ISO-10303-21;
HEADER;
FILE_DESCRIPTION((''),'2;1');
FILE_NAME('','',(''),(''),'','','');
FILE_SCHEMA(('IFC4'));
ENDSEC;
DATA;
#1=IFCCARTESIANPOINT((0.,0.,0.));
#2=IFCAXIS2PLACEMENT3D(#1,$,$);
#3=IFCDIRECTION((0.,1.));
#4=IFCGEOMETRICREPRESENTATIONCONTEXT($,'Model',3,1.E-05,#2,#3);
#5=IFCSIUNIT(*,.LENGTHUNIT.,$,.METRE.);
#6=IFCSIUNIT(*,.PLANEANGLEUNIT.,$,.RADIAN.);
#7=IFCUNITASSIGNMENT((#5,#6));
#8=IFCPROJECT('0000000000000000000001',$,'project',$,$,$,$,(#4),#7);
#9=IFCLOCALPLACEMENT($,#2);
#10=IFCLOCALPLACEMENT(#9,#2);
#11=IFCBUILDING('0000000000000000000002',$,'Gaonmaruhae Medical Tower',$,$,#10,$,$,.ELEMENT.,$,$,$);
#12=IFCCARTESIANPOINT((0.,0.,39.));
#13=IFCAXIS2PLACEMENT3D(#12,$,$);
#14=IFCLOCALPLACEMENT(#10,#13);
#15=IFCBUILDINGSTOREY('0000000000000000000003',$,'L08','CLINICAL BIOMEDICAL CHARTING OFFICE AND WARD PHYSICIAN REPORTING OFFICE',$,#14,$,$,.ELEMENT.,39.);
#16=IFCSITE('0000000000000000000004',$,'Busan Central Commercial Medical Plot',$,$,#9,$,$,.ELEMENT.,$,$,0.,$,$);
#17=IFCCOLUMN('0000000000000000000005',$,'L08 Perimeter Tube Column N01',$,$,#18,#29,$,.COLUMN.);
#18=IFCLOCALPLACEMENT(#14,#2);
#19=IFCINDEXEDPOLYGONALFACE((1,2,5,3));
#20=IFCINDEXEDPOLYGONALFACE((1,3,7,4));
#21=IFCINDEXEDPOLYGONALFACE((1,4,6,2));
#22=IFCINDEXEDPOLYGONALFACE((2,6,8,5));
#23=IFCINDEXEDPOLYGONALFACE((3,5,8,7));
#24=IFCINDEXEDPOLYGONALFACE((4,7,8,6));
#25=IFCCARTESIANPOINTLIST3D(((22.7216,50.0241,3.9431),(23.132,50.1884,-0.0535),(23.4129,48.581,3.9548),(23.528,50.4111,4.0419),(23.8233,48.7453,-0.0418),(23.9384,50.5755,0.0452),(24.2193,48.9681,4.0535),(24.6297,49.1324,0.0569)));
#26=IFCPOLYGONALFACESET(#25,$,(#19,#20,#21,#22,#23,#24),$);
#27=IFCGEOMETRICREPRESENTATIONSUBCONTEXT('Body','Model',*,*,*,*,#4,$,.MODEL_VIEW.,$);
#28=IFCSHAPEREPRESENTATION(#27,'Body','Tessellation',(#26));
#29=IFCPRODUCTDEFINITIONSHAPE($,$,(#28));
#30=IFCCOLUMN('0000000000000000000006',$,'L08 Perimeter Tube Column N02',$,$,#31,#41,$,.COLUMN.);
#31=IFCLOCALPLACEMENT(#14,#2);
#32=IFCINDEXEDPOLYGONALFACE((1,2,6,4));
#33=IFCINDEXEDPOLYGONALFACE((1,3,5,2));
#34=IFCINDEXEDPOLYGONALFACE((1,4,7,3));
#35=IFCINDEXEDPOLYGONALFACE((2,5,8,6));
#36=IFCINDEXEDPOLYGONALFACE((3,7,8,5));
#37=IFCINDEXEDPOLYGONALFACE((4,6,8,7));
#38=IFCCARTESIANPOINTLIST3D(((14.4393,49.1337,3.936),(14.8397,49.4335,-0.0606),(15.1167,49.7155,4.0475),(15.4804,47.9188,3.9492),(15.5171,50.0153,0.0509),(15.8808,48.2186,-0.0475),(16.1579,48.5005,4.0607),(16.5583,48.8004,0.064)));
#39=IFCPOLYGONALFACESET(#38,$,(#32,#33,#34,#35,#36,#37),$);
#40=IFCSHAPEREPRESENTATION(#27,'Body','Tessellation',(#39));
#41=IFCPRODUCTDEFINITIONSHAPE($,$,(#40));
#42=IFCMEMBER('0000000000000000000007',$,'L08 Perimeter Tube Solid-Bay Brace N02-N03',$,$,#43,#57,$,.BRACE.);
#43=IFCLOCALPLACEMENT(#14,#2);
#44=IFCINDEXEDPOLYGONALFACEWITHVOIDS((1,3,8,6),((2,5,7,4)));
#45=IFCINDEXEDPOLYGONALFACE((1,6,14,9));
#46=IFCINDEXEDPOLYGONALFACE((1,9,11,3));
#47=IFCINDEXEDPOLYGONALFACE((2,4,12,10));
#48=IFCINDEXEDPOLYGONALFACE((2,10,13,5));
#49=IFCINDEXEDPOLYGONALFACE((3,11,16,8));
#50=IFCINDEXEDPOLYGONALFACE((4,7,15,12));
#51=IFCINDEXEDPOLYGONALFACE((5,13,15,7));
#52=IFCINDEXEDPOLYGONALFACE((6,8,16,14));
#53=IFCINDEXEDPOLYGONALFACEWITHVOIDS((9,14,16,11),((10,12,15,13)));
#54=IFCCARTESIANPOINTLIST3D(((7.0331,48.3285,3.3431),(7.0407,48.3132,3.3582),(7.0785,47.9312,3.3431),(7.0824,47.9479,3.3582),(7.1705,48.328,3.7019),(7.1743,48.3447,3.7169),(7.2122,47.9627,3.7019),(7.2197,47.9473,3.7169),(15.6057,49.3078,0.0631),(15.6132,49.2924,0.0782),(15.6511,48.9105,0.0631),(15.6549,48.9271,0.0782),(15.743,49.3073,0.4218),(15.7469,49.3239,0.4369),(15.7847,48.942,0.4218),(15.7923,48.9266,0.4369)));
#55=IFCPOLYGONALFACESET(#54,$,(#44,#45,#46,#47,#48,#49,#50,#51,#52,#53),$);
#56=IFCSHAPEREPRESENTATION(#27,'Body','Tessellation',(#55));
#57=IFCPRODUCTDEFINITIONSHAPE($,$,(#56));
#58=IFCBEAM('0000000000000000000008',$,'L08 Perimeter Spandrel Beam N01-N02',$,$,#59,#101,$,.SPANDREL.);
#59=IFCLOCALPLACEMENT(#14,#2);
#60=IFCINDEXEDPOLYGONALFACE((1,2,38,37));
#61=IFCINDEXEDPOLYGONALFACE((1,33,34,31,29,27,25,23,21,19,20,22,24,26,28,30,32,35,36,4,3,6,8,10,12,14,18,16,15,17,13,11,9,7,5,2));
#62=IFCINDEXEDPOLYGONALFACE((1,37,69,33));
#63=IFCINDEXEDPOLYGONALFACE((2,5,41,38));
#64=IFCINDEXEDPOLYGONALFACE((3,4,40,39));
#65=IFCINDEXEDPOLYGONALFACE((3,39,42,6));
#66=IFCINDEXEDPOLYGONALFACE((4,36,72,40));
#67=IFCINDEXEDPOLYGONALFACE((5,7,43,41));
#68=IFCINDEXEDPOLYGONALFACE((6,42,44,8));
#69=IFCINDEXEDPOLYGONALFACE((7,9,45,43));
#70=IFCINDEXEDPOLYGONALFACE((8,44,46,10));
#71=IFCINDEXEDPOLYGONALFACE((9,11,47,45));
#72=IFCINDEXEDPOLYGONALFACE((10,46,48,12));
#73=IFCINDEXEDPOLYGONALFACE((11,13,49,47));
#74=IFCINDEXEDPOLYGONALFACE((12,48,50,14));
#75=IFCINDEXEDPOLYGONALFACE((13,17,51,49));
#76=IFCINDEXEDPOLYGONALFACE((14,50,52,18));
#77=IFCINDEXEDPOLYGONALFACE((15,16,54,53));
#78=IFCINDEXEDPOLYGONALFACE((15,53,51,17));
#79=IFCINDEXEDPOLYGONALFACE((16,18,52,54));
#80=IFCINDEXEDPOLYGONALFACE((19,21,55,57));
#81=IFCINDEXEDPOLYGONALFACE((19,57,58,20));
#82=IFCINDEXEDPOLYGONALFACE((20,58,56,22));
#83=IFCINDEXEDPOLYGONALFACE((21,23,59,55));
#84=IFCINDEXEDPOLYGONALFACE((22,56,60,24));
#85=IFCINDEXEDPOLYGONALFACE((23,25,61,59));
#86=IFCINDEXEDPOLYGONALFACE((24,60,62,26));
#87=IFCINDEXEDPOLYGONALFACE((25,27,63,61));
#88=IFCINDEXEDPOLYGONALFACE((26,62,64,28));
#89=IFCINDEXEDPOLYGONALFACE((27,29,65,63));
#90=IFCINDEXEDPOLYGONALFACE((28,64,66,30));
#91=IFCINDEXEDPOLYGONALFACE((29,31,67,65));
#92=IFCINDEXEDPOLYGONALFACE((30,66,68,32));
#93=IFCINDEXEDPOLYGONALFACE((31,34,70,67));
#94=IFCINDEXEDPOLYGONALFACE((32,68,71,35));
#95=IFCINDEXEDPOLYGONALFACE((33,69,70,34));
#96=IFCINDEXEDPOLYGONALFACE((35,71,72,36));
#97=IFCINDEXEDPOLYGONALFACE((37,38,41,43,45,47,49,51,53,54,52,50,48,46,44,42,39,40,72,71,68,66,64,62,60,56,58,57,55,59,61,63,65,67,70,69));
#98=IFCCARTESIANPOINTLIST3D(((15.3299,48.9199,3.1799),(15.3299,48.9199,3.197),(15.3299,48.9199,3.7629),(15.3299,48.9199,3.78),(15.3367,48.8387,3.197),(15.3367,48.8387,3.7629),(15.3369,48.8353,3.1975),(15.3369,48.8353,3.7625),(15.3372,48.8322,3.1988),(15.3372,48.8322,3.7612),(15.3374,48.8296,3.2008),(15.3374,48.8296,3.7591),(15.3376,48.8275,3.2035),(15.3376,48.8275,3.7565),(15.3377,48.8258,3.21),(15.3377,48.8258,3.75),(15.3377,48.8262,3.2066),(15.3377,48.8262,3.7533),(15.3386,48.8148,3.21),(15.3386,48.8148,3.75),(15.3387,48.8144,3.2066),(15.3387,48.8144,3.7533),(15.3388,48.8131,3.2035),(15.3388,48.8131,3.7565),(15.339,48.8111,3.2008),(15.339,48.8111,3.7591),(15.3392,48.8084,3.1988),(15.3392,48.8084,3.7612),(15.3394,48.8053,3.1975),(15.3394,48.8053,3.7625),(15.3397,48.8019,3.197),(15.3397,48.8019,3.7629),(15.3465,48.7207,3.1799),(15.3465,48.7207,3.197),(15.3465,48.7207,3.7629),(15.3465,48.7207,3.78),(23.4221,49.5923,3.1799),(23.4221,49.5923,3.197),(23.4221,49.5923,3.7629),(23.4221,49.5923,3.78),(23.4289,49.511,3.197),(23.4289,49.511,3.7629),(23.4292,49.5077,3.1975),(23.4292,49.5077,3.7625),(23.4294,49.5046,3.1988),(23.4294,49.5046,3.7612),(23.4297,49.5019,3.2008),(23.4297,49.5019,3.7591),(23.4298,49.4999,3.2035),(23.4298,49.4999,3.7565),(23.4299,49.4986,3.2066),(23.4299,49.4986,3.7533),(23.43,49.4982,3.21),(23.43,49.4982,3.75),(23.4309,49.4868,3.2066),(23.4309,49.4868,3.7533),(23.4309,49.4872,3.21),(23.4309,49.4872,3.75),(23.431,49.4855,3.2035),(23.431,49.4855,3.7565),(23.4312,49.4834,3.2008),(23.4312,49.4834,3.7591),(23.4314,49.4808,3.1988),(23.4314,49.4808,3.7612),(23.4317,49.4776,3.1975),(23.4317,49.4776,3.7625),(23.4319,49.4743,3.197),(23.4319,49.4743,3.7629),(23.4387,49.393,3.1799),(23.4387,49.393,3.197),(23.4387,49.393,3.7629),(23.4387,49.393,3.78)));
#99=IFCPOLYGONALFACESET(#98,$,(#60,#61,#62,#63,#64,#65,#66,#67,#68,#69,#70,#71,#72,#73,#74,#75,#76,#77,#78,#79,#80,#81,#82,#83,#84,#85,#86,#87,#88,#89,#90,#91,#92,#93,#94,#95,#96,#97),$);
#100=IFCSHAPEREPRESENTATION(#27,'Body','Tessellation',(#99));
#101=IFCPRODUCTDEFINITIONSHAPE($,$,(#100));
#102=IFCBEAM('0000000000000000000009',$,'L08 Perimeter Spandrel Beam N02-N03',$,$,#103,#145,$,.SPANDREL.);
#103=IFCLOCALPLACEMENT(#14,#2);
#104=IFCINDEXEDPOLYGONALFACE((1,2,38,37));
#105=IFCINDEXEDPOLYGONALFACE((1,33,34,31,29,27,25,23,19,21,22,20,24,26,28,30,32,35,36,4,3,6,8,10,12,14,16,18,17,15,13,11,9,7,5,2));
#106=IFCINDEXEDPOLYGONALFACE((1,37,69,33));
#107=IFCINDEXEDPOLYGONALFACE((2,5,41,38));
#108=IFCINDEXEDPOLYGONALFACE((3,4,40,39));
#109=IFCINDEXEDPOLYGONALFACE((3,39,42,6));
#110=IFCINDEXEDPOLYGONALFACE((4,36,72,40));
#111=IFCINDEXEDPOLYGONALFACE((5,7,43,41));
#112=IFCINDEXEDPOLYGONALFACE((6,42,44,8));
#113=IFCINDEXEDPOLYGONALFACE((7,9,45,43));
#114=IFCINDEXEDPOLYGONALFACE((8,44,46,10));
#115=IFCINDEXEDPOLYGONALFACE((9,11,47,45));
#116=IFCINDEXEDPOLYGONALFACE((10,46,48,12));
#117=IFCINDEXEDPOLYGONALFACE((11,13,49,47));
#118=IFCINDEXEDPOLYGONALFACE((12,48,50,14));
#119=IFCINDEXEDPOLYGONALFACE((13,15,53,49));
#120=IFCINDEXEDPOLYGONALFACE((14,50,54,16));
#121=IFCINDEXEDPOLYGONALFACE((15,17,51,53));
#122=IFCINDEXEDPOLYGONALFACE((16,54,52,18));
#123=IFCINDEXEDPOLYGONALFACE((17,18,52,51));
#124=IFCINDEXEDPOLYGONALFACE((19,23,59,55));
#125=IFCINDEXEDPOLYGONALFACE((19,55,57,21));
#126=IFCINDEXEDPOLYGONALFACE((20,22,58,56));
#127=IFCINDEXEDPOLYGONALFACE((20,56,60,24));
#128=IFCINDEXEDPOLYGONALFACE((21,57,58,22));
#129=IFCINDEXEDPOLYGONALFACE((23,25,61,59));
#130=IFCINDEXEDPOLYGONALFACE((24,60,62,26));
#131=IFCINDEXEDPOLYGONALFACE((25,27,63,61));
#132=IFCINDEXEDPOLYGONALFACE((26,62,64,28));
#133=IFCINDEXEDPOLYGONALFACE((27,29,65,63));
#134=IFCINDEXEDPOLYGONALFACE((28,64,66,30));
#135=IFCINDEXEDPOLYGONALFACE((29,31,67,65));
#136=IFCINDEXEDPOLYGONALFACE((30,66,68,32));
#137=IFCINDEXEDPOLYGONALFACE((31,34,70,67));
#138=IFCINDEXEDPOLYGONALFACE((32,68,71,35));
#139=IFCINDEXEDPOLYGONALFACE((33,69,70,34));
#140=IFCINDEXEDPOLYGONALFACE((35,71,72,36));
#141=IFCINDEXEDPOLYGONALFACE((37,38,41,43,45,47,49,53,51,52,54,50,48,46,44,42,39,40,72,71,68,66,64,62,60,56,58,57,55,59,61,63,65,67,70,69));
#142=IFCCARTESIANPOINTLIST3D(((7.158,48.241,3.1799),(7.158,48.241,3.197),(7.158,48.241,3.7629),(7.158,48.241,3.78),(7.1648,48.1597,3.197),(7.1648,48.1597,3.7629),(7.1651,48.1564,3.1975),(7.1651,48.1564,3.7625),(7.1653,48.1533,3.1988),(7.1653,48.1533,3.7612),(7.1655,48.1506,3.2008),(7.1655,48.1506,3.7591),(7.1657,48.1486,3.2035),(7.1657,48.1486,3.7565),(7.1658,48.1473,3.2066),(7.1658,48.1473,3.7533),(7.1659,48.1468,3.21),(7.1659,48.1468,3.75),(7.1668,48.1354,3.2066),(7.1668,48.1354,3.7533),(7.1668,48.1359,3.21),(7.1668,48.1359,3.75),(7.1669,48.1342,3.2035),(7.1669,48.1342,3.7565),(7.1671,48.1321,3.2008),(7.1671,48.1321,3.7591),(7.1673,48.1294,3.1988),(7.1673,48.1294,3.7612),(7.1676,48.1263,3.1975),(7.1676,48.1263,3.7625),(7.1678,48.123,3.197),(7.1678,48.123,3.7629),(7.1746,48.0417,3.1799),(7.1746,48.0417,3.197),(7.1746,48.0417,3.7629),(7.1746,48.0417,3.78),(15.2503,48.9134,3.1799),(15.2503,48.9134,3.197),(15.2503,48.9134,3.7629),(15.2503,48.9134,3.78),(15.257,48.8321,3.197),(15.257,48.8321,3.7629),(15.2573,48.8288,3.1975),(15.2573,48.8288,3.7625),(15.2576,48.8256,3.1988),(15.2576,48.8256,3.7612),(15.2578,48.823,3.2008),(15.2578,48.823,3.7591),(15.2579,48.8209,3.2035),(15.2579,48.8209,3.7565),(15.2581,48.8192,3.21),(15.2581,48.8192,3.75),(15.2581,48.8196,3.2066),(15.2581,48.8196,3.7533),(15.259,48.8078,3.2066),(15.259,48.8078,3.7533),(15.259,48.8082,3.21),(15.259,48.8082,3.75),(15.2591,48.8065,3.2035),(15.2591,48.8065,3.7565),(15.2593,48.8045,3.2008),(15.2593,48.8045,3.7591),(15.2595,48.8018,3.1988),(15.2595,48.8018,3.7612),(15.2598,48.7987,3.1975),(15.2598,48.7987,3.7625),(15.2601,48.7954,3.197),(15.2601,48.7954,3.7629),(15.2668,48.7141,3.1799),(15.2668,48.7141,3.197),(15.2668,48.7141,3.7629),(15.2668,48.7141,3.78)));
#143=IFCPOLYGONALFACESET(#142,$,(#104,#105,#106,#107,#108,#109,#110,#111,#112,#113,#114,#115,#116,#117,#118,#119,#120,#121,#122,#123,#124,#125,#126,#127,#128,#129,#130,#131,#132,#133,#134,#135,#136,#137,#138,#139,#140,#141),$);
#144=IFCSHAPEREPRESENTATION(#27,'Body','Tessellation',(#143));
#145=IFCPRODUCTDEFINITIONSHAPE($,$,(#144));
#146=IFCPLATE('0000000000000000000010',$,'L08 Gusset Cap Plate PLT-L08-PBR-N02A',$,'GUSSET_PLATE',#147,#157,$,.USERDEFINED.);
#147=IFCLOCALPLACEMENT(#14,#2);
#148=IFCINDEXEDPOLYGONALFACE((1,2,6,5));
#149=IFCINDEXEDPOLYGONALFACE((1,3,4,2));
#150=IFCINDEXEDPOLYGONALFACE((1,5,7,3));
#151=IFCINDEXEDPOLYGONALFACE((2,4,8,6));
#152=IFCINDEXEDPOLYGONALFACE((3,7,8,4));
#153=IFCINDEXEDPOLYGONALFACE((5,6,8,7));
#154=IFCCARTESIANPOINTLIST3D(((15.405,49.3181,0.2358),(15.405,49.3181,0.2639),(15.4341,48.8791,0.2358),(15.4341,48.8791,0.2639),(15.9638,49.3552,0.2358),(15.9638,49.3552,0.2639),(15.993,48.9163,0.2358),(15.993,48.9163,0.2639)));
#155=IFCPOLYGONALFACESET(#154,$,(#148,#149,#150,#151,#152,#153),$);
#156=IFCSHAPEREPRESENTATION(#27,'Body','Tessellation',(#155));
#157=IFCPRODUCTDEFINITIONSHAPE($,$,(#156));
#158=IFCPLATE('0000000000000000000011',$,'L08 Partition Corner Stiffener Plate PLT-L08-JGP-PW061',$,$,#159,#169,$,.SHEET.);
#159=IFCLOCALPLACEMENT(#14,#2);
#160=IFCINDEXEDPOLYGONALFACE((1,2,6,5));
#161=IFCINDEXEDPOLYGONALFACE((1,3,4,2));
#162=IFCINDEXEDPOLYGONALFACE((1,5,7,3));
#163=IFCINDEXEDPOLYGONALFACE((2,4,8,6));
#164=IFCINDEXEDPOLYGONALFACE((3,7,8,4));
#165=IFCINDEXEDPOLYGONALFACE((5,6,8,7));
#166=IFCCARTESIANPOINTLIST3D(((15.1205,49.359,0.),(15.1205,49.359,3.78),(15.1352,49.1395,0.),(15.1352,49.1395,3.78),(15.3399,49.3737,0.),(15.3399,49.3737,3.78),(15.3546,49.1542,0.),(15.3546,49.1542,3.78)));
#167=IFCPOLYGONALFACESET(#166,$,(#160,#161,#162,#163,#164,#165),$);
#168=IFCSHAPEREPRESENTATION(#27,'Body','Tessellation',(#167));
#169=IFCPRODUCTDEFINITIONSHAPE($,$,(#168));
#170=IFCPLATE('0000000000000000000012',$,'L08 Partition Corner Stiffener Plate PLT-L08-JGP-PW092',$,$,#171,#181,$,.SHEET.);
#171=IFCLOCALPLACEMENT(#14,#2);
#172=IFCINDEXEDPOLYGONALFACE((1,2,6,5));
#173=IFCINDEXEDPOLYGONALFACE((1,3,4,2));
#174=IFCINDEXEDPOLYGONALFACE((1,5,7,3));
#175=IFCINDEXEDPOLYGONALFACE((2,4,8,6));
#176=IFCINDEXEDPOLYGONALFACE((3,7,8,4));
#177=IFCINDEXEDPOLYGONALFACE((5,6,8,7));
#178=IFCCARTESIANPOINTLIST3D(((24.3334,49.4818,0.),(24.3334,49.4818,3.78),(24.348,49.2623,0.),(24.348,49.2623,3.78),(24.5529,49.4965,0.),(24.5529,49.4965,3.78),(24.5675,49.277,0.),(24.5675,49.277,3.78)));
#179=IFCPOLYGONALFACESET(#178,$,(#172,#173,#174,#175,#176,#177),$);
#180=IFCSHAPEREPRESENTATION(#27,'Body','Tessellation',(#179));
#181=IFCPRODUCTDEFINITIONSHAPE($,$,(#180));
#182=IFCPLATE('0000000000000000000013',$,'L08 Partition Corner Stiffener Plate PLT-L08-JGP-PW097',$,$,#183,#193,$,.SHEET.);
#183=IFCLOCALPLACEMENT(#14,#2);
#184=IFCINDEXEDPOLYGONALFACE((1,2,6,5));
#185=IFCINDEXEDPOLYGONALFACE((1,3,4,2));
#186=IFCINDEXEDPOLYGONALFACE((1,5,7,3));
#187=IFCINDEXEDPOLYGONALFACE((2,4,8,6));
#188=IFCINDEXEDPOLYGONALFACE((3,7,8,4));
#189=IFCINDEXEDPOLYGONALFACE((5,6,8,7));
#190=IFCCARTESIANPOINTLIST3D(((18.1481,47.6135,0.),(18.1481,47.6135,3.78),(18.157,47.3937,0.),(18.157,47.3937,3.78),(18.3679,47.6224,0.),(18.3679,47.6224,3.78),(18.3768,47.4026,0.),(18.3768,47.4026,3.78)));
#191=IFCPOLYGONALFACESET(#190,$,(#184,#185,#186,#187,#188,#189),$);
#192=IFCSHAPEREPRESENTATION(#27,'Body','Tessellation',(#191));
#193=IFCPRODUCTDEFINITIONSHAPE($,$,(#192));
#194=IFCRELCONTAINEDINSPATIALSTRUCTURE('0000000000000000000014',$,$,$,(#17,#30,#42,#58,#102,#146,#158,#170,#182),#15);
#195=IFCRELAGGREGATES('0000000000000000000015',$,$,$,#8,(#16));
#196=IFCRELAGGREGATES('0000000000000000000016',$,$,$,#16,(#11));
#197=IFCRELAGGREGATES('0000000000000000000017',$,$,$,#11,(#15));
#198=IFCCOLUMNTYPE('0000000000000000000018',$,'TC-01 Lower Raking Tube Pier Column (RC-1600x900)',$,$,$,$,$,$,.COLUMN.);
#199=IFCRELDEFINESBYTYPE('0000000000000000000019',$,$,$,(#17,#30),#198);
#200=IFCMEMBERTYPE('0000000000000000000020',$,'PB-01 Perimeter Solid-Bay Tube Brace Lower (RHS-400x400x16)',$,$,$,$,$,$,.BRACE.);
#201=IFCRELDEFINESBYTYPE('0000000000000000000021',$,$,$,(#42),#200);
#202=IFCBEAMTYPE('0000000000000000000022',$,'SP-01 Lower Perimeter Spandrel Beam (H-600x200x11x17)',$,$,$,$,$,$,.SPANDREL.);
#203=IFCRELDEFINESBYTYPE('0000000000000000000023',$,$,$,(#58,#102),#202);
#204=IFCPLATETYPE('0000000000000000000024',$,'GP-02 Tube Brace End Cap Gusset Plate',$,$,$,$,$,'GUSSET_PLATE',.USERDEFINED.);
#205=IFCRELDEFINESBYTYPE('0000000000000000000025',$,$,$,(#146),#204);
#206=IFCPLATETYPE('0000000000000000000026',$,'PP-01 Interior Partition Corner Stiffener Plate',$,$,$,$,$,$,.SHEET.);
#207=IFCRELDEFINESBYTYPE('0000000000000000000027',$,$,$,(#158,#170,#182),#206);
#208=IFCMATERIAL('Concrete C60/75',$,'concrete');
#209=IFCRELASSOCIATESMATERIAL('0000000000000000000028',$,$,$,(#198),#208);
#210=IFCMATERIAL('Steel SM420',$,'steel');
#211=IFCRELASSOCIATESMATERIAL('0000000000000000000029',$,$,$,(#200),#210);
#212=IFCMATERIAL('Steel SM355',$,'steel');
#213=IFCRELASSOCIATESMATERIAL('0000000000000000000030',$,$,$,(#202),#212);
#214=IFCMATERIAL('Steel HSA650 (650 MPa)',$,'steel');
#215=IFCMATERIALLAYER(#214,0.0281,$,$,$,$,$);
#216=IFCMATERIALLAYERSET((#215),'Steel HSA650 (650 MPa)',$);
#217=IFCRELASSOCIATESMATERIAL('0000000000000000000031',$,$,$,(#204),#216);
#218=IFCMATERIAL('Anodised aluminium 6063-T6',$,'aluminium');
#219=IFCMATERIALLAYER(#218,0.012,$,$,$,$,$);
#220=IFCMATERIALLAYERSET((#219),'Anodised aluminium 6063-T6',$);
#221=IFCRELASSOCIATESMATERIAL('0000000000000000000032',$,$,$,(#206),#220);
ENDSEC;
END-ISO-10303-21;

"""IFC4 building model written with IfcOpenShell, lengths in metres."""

from ifc_helpers import new_model, si_unit, direction, frame, origin, origin_2d, place, context, subcontext, project, spatial, rectangle, hollow_rectangle, i_section, extrude, material, layer, layer_set, material_profile, profile_set, type_object, element, save


model = new_model("IFC4")

# Units and contexts
model_context = context("Model", 3, precision=1e-05, world=origin(), true_north=direction((0.0, 1.0)))
body_context = subcontext(model_context, "Body", "Model", "MODEL_VIEW")
ifc_project = project(units=[si_unit("LENGTHUNIT", "METRE"), si_unit("PLANEANGLEUNIT", "RADIAN")], contexts=[model_context])

# Site, building, storey
site_placement = place(None, origin())
site = spatial("IfcSite", under=ifc_project, at=site_placement, Name="Busan Central Commercial Medical Plot", CompositionType="ELEMENT", RefElevation=0.0)
building_placement = place(site_placement, origin())
building = spatial("IfcBuilding", under=site, at=building_placement, Name="Gaonmaruhae Medical Tower", CompositionType="ELEMENT")
storey_placement = place(building_placement, frame((0.0, 0.0, 39.0)))
storey = spatial("IfcBuildingStorey", under=building, at=storey_placement, Name="L08", Description="CLINICAL BIOMEDICAL CHARTING OFFICE AND WARD PHYSICIAN REPORTING OFFICE", CompositionType="ELEMENT", Elevation=39.0)

# Columns
ifc_material_1 = material(Name="Concrete C60/75", Category="concrete")
ifc_material_profile_1 = material_profile(ifc_material_1, rectangle(XDim=1.6001, YDim=0.8999, at=origin_2d()), Name="RC-1600x900")
ifc_profile_set_1 = profile_set([ifc_material_profile_1], Name="Concrete C60/75")
column_type = type_object("IfcColumnType", Name="TC-01 Lower Raking Tube Pier Column (RC-1600x900)", PredefinedType="COLUMN", material=ifc_profile_set_1)
column_1_placement = place(storey_placement, frame((23.8809, 49.6604, 0.0017), z_axis=(-0.102065, -0.040863, 0.993938), x_axis=(0.432012, -0.901838, 0.007286)))
element("IfcColumn", 1, at=column_1_placement, inside=storey, type_object=column_type, Name="L08 Perimeter Tube Column N01", PredefinedType="COLUMN", context=body_context, shape_type="SweptSolid", body=[
    extrude(rectangle(XDim=1.6001, YDim=0.8999, at=origin_2d()), origin(), (0.0, 0.0, 1.0), 4.021),
])
column_2_placement = place(storey_placement, frame((15.699, 49.1169, 0.0017), z_axis=(-0.099408, -0.074435, 0.992259), x_axis=(0.650697, -0.759293, 0.00823)))
element("IfcColumn", 2, at=column_2_placement, inside=storey, type_object=column_type, Name="L08 Perimeter Tube Column N02", PredefinedType="COLUMN", context=body_context, shape_type="SweptSolid", body=[
    extrude(rectangle(XDim=1.6001, YDim=0.8999, at=origin_2d()), origin(), (0.0, 0.0, 1.0), 4.0278),
])

# Member
ifc_material_2 = material(Name="Steel SM420", Category="steel")
ifc_material_profile_2 = material_profile(ifc_material_2, hollow_rectangle(XDim=0.3999, YDim=0.3999, WallThickness=0.0161, at=origin_2d()), Name="RHS-400x400x16")
ifc_profile_set_2 = profile_set([ifc_material_profile_2], Name="Steel SM420")
member_type = type_object("IfcMemberType", Name="PB-01 Perimeter Solid-Bay Tube Brace Lower (RHS-400x400x16)", PredefinedType="BRACE", material=ifc_profile_set_2)
member_placement = place(storey_placement, frame((15.699, 49.1172, 0.25), z_axis=(-0.928698, -0.106086, 0.35534), x_axis=(0.113493, -0.993539, 0.0)))
element("IfcMember", 3, at=member_placement, inside=storey, type_object=member_type, Name="L08 Perimeter Tube Solid-Bay Brace N02-N03", PredefinedType="BRACE", context=body_context, shape_type="SweptSolid", body=[
    extrude(hollow_rectangle(XDim=0.3999, YDim=0.3999, WallThickness=0.0161, at=origin_2d()), origin(), (0.0, 0.0, 1.0), 9.2307),
])

# Beams
ifc_material_3 = material(Name="Steel SM355", Category="steel")
ifc_material_profile_3 = material_profile(ifc_material_3, i_section(OverallWidth=0.2, OverallDepth=0.6001, WebThickness=0.011, FlangeThickness=0.0171, FilletRadius=0.0129, at=origin_2d()), Name="H-600x200x11x17")
ifc_profile_set_3 = profile_set([ifc_material_profile_3], Name="Steel SM355")
beam_type = type_object("IfcBeamType", Name="SP-01 Lower Perimeter Spandrel Beam (H-600x200x11x17)", PredefinedType="SPANDREL", material=ifc_profile_set_3)
for number, where, z_axis, x_axis, name in (
    (4, (23.4304, 49.4927, 3.48), (-0.996566, -0.082802, 0.0), (0.082802, -0.996566, 0.0), "L08 Perimeter Spandrel Beam N01-N02"),
    (5, (15.2585, 48.8137, 3.48), (-0.996566, -0.082802, 0.0), (0.082802, -0.996566, 0.0), "L08 Perimeter Spandrel Beam N02-N03"),
):
    element("IfcBeam", number, at=place(storey_placement, frame(where, z_axis=z_axis, x_axis=x_axis)), inside=storey, type_object=beam_type, Name=name, PredefinedType="SPANDREL", context=body_context, shape_type="SweptSolid", body=[
        extrude(i_section(OverallWidth=0.2, OverallDepth=0.6001, WebThickness=0.011, FlangeThickness=0.0171, FilletRadius=0.0129, at=origin_2d()), origin(), (0.0, 0.0, 1.0), 8.1201),
    ])

# Plates
ifc_material_4 = material(Name="Steel HSA650 (650 MPa)", Category="steel")
ifc_layer_1 = layer(ifc_material_4, 0.0281)
ifc_layer_set_1 = layer_set([ifc_layer_1], Name="Steel HSA650 (650 MPa)")
plate_type_1 = type_object("IfcPlateType", Name="GP-02 Tube Brace End Cap Gusset Plate", ElementType="GUSSET_PLATE", PredefinedType="USERDEFINED", material=ifc_layer_set_1)
plate_placement = place(storey_placement, frame((15.699, 49.1172, 0.2358), z_axis=(0.0, 0.0, 1.0), x_axis=(0.997801, 0.066274, 0.0)))
element("IfcPlate", 6, at=plate_placement, inside=storey, type_object=plate_type_1, Name="L08 Gusset Cap Plate PLT-L08-PBR-N02A", ObjectType="GUSSET_PLATE", PredefinedType="USERDEFINED", context=body_context, shape_type="SweptSolid", body=[
    extrude(rectangle(XDim=0.5601, YDim=0.4399, at=origin_2d()), origin(), (0.0, 0.0, 1.0), 0.0281),
])
ifc_material_5 = material(Name="Anodised aluminium 6063-T6", Category="aluminium")
ifc_layer_2 = layer(ifc_material_5, 0.012)
ifc_layer_set_2 = layer_set([ifc_layer_2], Name="Anodised aluminium 6063-T6")
plate_type_2 = type_object("IfcPlateType", Name="PP-01 Interior Partition Corner Stiffener Plate", PredefinedType="SHEET", material=ifc_layer_set_2)
for number, where, z_axis, x_axis, name in (
    (7, (15.2375, 49.2566, 0.0), (0.0, 0.0, 1.0), (0.99776, 0.066901, 0.0), "L08 Partition Corner Stiffener Plate PLT-L08-JGP-PW061"),
    (8, (24.4504, 49.3794, 0.0), (0.0, 0.0, 1.0), (0.066518, -0.997785, 0.0), "L08 Partition Corner Stiffener Plate PLT-L08-JGP-PW092"),
    (9, (18.2625, 47.5081, 0.0), (0.0, 0.0, 1.0), (-0.999175, -0.040603, 0.0), "L08 Partition Corner Stiffener Plate PLT-L08-JGP-PW097"),
):
    element("IfcPlate", number, at=place(storey_placement, frame(where, z_axis=z_axis, x_axis=x_axis)), inside=storey, type_object=plate_type_2, Name=name, PredefinedType="SHEET", context=body_context, shape_type="SweptSolid", body=[
        extrude(rectangle(XDim=0.22, YDim=0.22, at=origin_2d()), origin(), (0.0, 0.0, 1.0), 3.78),
    ])

save(model, "model.ifc")
